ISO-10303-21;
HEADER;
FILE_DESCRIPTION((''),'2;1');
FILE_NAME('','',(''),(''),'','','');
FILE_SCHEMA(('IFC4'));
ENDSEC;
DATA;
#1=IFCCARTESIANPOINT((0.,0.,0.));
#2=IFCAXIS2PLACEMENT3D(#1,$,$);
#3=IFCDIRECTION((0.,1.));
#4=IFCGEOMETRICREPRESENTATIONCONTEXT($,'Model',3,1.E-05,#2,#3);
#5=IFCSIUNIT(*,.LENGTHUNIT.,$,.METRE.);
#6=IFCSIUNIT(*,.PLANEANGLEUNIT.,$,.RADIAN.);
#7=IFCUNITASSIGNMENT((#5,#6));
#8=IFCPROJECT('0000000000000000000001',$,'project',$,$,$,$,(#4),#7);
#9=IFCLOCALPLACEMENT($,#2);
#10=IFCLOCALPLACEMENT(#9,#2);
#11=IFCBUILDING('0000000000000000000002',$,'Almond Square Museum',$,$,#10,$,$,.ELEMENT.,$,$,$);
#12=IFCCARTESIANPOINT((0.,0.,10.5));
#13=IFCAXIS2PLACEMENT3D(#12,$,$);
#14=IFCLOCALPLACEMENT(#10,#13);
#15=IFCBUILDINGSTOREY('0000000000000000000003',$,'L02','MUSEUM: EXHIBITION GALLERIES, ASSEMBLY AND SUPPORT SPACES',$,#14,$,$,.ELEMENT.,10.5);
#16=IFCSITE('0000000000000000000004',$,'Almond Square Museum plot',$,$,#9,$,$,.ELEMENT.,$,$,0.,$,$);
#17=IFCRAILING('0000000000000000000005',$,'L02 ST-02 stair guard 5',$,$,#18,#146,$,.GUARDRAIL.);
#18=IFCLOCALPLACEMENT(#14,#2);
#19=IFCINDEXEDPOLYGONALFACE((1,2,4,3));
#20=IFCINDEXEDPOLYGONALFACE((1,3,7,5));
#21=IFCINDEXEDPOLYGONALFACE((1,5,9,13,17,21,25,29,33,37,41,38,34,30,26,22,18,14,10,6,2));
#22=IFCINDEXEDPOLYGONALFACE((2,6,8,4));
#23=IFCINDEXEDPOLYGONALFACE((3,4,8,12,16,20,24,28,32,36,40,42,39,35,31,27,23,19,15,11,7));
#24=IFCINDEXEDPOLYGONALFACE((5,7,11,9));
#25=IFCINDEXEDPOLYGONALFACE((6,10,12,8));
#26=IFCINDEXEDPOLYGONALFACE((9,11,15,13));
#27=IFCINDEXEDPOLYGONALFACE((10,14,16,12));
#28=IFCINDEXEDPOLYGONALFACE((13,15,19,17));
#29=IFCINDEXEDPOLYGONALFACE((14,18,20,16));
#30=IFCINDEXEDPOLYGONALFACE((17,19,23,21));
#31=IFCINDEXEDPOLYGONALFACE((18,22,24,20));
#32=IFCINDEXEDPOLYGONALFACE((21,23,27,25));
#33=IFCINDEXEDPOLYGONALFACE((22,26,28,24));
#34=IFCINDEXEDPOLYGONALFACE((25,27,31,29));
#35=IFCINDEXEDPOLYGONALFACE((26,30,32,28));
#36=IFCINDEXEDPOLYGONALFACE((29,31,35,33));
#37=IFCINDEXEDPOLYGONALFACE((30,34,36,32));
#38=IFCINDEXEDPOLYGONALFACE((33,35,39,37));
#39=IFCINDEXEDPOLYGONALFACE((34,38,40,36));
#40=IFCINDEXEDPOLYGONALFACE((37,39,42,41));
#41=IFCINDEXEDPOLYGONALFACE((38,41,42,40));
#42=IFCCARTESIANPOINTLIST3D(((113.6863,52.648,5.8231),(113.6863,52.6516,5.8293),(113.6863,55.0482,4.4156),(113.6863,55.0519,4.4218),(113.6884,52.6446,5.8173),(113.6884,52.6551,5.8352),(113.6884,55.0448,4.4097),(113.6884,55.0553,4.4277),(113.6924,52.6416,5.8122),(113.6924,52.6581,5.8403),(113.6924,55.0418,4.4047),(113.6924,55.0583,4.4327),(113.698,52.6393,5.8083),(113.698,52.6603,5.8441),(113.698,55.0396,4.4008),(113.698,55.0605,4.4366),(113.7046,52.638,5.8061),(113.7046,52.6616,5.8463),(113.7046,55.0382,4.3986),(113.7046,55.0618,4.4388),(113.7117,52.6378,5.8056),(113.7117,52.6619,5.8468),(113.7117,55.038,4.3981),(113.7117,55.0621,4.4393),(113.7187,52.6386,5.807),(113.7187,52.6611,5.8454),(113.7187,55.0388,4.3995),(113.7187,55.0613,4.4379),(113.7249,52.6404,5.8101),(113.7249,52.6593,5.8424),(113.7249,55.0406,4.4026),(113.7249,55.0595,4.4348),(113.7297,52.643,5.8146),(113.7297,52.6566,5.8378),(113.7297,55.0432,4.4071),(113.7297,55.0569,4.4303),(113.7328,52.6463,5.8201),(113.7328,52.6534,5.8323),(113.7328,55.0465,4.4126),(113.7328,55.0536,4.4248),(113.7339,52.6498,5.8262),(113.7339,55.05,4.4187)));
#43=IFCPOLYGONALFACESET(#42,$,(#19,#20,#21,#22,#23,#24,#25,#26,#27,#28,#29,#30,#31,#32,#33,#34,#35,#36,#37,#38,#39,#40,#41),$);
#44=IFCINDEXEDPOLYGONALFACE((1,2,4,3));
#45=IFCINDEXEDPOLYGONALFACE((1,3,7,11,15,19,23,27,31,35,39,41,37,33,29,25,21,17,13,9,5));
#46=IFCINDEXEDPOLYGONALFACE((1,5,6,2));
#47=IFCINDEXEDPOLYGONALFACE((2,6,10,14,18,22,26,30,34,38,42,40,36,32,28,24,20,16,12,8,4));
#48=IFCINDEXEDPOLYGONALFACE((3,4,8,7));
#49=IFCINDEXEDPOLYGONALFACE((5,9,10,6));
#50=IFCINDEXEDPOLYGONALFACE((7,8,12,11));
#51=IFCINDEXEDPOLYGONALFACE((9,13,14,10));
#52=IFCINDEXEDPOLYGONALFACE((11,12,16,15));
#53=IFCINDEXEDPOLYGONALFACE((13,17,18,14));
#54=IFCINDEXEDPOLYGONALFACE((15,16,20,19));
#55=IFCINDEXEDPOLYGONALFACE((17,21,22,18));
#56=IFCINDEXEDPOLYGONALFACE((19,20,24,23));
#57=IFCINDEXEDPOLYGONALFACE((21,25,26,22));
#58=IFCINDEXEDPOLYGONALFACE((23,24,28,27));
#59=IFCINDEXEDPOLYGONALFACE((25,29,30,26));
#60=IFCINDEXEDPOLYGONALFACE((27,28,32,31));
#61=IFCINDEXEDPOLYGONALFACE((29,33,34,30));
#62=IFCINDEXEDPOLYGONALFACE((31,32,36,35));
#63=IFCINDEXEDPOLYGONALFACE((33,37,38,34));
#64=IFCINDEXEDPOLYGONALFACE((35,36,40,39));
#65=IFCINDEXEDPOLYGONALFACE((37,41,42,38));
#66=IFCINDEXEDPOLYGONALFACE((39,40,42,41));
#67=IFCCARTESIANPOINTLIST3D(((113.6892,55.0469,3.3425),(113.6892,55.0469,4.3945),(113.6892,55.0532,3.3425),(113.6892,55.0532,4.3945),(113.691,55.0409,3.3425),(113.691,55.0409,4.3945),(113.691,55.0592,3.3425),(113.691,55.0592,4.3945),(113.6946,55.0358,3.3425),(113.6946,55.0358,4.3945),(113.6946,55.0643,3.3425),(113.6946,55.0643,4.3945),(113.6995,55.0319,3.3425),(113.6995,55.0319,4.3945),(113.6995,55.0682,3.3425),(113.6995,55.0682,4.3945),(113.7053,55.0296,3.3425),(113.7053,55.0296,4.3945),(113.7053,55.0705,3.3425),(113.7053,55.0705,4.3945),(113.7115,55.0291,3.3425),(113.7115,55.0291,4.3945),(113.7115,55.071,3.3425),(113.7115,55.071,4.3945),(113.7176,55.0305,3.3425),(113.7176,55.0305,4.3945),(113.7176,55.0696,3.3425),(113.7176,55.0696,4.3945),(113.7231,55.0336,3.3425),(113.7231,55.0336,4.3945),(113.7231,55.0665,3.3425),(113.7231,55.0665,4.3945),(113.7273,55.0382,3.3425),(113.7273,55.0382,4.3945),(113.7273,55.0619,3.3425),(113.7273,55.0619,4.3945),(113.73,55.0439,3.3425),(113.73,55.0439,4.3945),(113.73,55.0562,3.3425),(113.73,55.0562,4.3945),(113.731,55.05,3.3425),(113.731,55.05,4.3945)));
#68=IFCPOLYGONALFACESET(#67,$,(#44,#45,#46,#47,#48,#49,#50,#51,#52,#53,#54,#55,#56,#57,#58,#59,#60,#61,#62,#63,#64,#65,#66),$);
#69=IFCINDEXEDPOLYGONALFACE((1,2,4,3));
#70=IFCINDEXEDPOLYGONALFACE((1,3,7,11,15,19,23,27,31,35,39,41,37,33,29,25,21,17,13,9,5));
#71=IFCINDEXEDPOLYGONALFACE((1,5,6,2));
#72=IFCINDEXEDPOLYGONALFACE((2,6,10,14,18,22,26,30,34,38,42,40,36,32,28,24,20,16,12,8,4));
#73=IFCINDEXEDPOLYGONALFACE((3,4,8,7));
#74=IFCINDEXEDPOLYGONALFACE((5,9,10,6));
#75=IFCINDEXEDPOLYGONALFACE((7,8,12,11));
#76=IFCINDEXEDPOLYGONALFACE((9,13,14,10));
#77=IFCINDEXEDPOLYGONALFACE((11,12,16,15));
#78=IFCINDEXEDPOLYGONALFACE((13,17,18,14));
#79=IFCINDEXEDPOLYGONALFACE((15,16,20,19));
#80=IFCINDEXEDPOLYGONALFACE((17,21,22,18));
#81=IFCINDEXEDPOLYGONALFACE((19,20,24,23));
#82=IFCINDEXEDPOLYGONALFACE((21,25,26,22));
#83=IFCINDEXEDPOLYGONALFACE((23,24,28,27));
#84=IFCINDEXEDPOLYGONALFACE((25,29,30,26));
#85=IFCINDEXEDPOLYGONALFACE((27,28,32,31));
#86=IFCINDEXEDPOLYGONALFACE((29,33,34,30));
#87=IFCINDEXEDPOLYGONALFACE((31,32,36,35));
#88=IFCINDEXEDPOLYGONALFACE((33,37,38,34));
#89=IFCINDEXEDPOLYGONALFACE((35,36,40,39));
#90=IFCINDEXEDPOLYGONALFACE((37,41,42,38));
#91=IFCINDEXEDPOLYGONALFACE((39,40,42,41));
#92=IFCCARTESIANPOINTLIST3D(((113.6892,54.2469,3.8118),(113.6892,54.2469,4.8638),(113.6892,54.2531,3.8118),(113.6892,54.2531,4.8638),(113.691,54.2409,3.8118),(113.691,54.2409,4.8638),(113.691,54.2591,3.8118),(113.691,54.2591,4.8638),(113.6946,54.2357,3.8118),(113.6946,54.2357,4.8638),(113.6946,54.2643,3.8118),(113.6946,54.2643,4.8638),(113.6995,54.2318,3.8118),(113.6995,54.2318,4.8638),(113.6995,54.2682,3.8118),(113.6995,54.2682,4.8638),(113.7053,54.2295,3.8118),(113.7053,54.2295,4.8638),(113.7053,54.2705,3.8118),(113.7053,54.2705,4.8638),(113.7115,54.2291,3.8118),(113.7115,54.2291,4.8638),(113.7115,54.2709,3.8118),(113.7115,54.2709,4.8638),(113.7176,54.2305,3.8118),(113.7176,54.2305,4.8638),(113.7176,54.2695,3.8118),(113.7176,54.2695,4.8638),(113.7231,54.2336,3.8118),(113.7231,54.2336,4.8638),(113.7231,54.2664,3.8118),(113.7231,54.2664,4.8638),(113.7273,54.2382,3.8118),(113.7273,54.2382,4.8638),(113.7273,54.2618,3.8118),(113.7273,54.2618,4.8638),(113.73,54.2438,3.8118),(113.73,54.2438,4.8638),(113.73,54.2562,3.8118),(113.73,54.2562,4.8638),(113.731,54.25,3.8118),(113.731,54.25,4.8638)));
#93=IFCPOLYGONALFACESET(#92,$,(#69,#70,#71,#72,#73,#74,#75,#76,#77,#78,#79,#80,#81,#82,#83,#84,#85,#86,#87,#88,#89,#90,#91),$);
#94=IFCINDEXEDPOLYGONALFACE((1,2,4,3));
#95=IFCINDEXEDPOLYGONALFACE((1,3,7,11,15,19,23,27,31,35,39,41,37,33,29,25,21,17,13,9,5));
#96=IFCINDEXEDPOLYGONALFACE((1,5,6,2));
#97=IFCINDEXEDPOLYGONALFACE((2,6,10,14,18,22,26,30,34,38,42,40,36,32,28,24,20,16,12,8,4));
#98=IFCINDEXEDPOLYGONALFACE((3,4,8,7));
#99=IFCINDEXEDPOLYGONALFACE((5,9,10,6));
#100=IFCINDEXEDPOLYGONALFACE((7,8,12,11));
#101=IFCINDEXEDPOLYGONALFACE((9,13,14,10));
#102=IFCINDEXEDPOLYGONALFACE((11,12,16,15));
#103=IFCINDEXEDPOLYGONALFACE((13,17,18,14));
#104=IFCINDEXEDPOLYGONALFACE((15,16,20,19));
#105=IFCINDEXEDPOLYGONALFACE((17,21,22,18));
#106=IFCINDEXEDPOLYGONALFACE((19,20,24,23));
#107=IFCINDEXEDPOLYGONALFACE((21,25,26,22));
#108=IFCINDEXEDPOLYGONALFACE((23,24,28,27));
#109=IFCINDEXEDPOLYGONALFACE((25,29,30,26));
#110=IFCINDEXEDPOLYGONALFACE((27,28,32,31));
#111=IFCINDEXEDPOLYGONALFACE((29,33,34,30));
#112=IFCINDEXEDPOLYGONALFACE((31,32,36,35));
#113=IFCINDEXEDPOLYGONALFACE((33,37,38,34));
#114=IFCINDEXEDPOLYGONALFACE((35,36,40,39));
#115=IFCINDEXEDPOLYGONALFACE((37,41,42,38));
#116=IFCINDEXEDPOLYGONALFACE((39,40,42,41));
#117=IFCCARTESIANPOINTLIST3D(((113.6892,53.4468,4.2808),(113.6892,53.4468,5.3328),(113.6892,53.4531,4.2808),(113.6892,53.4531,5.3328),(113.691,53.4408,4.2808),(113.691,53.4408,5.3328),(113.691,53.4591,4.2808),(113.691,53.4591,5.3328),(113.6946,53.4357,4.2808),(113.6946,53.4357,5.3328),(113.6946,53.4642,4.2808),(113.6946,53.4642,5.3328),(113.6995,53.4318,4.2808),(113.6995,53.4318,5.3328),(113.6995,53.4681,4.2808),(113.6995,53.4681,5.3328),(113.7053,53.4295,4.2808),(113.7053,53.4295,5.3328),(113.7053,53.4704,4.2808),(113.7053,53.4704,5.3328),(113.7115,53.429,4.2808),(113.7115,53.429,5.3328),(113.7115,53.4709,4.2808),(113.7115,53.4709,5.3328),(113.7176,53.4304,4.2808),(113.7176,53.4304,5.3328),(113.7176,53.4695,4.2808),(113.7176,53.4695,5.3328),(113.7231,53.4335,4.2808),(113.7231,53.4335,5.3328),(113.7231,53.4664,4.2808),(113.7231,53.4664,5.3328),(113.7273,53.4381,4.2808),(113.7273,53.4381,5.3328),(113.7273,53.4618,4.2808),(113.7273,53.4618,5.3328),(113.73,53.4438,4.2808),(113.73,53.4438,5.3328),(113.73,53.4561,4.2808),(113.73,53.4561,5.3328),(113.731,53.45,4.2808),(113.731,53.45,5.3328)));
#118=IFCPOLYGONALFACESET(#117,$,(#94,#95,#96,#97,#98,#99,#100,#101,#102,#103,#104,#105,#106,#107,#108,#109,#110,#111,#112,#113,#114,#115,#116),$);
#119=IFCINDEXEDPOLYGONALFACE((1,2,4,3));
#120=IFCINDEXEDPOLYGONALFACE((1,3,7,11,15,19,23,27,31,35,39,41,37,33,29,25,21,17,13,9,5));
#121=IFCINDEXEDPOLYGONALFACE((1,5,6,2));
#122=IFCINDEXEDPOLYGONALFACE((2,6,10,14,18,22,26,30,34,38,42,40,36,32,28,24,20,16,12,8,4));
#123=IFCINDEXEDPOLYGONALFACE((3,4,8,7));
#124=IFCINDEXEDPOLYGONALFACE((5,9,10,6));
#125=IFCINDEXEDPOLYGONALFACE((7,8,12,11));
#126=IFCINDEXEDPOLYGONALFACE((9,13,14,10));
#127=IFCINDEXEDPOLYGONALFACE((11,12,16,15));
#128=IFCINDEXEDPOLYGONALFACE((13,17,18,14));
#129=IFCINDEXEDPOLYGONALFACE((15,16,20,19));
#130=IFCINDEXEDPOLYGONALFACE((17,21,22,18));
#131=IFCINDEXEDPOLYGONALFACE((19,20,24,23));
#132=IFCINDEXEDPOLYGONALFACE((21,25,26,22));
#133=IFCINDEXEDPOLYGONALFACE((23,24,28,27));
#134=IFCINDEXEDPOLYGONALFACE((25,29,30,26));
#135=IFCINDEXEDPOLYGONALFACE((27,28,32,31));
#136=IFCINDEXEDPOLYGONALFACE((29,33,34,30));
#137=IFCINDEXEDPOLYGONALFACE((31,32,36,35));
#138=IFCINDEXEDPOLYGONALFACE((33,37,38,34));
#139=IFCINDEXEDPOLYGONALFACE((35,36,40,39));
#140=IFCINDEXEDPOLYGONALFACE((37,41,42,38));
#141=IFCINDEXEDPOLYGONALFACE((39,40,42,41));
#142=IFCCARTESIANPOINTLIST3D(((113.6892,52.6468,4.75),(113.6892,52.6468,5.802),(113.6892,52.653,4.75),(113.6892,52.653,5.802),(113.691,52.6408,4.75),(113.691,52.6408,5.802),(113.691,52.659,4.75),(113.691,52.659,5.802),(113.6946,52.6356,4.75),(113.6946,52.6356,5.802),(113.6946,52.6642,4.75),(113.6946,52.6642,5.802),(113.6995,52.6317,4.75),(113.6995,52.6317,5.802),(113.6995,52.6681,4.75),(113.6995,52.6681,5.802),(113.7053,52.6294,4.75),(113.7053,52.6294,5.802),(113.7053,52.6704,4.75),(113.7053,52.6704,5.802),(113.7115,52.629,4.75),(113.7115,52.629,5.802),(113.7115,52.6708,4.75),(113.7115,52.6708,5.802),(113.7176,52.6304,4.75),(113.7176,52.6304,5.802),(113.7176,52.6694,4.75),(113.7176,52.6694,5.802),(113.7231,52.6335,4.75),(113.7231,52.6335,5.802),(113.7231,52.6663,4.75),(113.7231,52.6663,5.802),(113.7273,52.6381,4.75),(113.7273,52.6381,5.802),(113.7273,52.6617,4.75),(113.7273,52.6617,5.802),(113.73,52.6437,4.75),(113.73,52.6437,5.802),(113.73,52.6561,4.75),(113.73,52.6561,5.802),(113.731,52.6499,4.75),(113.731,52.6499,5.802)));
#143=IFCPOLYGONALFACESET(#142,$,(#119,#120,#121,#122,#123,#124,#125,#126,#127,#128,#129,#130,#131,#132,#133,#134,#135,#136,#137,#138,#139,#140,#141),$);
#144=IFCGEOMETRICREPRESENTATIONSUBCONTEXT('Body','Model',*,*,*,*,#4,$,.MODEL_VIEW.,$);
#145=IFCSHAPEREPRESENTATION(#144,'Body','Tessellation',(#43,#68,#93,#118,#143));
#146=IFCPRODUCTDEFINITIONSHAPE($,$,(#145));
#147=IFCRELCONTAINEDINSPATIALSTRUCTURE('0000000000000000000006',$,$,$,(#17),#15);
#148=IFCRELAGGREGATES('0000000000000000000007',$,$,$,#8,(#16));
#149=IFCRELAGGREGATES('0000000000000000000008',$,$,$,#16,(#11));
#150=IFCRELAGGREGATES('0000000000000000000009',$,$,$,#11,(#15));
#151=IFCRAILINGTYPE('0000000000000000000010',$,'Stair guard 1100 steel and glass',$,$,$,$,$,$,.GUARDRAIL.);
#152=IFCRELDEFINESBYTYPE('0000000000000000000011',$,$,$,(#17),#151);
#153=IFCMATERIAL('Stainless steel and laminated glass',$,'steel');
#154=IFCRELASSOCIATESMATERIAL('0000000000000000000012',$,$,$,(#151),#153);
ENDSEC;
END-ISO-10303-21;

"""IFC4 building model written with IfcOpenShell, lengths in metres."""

from ifc_helpers import new_model, si_unit, direction, frame, origin, origin_2d, place, context, subcontext, project, spatial, circle, extrude, material, type_object, element, save


model = new_model("IFC4")

# Units and contexts
model_context = context("Model", 3, precision=1e-05, world=origin(), true_north=direction((0.0, 1.0)))
body_context = subcontext(model_context, "Body", "Model", "MODEL_VIEW")
ifc_project = project(units=[si_unit("LENGTHUNIT", "METRE"), si_unit("PLANEANGLEUNIT", "RADIAN")], contexts=[model_context])

# Site, building, storey
site_placement = place(None, origin())
site = spatial("IfcSite", under=ifc_project, at=site_placement, Name="Almond Square Museum plot", CompositionType="ELEMENT", RefElevation=0.0)
building_placement = place(site_placement, origin())
building = spatial("IfcBuilding", under=site, at=building_placement, Name="Almond Square Museum", CompositionType="ELEMENT")
storey_placement = place(building_placement, frame((0.0, 0.0, 10.5)))
storey = spatial("IfcBuildingStorey", under=building, at=storey_placement, Name="L02", Description="MUSEUM: EXHIBITION GALLERIES, ASSEMBLY AND SUPPORT SPACES", CompositionType="ELEMENT", Elevation=10.5)

# Railing
ifc_material_1 = material(Name="Stainless steel and laminated glass", Category="steel")
railing_type_1 = type_object("IfcRailingType", Name="Stair guard 1100 steel and glass", PredefinedType="GUARDRAIL", material=ifc_material_1)
railing_1_placement = place(storey_placement, frame((113.71, 55.05, 3.3425)))
element("IfcRailing", 1, at=railing_1_placement, inside=storey, type_object=railing_type_1, Name="L02 ST-02 stair guard 5", PredefinedType="GUARDRAIL", context=body_context, shape_type="SweptSolid", body=[
    extrude(circle(Radius=0.0239, at=origin_2d()), frame((0.0, 0.0, 1.0762), z_axis=(0.0, -0.862621, 0.50585), x_axis=(1.0, 0.0, 0.0)), (0.0, 0.0, 1.0), 2.7825),
    extrude(circle(Radius=0.021, at=origin_2d()), origin(), (0.0, 0.0, 1.0), 1.052),
    extrude(circle(Radius=0.021, at=origin_2d()), frame((0.0, -0.8, 0.4692)), (0.0, 0.0, 1.0), 1.052),
    extrude(circle(Radius=0.021, at=origin_2d()), frame((0.0, -1.6001, 0.9382)), (0.0, 0.0, 1.0), 1.052),
    extrude(circle(Radius=0.021, at=origin_2d()), frame((0.0, -2.4001, 1.4075)), (0.0, 0.0, 1.0), 1.052),
])

save(model, "model.ifc")
